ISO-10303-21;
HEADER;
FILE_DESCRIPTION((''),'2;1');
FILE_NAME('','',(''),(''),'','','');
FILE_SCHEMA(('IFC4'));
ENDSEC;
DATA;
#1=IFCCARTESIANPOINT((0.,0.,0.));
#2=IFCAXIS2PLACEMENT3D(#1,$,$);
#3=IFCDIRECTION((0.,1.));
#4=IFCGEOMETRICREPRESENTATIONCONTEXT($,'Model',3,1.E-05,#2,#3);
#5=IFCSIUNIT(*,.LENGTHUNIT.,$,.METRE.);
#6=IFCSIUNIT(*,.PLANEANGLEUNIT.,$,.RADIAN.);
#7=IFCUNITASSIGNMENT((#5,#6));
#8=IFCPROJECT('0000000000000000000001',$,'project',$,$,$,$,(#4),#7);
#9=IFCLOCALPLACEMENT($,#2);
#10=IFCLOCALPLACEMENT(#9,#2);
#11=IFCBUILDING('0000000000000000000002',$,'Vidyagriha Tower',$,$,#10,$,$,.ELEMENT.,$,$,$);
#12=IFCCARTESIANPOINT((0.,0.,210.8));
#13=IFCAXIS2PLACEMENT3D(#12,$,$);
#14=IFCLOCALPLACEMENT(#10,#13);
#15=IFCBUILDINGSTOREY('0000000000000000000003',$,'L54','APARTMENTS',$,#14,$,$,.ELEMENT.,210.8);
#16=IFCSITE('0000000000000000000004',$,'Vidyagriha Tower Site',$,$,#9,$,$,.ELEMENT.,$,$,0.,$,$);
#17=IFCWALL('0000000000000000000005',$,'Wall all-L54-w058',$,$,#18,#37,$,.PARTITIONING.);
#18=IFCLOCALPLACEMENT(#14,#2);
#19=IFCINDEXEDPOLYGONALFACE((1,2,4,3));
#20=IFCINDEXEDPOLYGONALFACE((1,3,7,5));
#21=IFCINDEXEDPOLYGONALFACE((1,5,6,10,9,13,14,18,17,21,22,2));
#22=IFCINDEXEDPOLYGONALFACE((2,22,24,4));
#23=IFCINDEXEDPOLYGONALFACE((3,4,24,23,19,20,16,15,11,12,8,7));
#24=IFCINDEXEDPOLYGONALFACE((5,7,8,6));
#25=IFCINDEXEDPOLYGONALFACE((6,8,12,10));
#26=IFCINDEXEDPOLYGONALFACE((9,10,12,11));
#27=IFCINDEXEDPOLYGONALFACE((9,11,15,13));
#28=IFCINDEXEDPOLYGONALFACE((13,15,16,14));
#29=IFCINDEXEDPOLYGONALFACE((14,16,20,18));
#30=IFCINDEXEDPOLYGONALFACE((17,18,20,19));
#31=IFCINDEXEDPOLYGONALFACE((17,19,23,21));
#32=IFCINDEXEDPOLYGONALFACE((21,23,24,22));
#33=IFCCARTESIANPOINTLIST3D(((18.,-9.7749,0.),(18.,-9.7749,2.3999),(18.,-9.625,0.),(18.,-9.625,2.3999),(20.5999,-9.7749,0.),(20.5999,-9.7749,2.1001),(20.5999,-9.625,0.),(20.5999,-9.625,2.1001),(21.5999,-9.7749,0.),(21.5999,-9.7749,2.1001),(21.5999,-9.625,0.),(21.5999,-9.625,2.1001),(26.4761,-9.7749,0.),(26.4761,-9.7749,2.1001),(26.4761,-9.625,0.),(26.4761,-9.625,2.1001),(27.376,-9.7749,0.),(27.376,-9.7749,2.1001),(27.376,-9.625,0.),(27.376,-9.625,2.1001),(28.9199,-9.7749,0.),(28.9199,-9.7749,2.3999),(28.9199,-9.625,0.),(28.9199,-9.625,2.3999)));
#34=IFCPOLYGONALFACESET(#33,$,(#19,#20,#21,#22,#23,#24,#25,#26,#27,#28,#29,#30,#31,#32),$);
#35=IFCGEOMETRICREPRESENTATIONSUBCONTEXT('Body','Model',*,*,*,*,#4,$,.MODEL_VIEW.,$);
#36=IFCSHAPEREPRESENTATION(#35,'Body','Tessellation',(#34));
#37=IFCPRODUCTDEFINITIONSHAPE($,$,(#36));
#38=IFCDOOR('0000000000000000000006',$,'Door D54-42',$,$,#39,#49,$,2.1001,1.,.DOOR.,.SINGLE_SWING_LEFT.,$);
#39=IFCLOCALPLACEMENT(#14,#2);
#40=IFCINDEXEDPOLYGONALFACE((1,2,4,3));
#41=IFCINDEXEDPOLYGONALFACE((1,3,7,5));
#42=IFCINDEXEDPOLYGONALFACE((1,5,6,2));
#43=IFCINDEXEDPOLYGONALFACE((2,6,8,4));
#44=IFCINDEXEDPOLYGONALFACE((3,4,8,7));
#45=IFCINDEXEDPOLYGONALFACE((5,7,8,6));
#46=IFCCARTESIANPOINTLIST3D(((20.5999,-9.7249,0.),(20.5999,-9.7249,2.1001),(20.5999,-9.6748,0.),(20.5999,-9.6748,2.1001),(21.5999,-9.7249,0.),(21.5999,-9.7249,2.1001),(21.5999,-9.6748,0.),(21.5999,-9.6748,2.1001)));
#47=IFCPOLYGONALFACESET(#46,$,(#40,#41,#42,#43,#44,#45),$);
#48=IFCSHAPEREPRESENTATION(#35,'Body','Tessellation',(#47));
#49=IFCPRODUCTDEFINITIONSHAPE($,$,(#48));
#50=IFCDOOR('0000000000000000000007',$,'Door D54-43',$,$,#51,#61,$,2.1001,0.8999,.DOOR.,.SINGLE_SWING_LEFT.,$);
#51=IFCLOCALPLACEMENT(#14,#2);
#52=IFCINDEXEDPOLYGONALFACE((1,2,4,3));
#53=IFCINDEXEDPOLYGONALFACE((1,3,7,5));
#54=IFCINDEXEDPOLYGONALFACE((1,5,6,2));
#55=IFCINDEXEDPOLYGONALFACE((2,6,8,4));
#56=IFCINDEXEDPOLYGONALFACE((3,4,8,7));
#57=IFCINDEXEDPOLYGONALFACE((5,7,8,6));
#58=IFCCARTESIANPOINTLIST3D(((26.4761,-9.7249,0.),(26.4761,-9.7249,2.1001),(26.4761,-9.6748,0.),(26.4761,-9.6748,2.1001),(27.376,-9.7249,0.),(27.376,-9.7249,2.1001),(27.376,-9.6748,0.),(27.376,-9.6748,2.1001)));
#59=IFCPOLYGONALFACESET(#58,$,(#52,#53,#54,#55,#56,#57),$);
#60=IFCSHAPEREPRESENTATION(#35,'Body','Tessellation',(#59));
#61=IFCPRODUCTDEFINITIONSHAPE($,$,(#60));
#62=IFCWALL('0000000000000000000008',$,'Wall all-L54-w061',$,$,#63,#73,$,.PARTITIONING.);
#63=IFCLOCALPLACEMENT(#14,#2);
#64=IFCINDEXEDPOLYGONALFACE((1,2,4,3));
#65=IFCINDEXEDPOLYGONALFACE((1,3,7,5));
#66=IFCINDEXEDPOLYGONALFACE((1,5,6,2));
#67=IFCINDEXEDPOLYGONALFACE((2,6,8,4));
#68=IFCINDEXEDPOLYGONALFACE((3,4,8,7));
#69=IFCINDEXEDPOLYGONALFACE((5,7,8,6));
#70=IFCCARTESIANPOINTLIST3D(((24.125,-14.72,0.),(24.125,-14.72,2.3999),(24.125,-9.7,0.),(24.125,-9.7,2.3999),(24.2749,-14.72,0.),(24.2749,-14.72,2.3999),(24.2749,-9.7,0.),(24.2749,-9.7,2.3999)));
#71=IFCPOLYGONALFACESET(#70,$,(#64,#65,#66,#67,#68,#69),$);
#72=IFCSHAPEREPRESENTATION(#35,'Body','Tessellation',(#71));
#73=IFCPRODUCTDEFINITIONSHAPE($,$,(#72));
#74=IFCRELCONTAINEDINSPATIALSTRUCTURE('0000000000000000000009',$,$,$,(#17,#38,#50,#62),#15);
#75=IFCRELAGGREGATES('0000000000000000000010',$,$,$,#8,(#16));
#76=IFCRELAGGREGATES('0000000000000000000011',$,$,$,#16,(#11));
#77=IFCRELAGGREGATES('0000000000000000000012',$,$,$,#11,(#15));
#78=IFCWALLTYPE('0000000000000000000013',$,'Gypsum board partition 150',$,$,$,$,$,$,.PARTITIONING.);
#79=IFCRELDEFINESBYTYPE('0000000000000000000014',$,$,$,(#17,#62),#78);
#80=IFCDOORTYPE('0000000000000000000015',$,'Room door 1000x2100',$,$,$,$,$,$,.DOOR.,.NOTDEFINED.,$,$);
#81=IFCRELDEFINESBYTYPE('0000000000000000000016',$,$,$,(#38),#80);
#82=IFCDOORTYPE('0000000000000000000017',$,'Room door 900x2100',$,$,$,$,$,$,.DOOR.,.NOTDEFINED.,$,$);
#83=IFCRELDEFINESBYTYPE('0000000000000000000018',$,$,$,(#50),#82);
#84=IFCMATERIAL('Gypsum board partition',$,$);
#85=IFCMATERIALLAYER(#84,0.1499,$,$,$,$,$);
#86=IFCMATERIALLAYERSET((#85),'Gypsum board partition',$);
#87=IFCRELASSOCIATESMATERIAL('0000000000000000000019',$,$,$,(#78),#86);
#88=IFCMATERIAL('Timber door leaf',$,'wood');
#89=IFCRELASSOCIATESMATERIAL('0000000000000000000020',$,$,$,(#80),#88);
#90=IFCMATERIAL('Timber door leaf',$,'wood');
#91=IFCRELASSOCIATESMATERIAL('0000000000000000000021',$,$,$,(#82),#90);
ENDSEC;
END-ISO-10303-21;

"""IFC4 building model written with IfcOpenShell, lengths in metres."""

from ifc_helpers import new_model, si_unit, direction, frame, frame_2d, origin, place, context, subcontext, project, spatial, rectangle, extrude, material, layer, layer_set, type_object, element, fill, save


model = new_model("IFC4")

# Units and contexts
model_context = context("Model", 3, precision=1e-05, world=origin(), true_north=direction((0.0, 1.0)))
body_context = subcontext(model_context, "Body", "Model", "MODEL_VIEW")
ifc_project = project(units=[si_unit("LENGTHUNIT", "METRE"), si_unit("PLANEANGLEUNIT", "RADIAN")], contexts=[model_context])

# Site, building, storey
site_placement = place(None, origin())
site = spatial("IfcSite", under=ifc_project, at=site_placement, Name="Vidyagriha Tower Site", CompositionType="ELEMENT", RefElevation=0.0)
building_placement = place(site_placement, origin())
building = spatial("IfcBuilding", under=site, at=building_placement, Name="Vidyagriha Tower", CompositionType="ELEMENT")
storey_placement = place(building_placement, frame((0.0, 0.0, 210.8)))
storey = spatial("IfcBuildingStorey", under=building, at=storey_placement, Name="L54", Description="APARTMENTS", CompositionType="ELEMENT", Elevation=210.8)

# Wall, openings, doors
ifc_material_1 = material(Name="Gypsum board partition")
ifc_layer_1 = layer(ifc_material_1, 0.1499)
ifc_layer_set_1 = layer_set([ifc_layer_1], Name="Gypsum board partition")
wall_type_1 = type_object("IfcWallType", Name="Gypsum board partition 150", PredefinedType="PARTITIONING", material=ifc_layer_set_1)
wall_1_placement = place(storey_placement, frame((28.9199, -9.7, 0.0), z_axis=(0.0, 0.0, 1.0), x_axis=(-1.0, 0.0, 0.0)))
wall_1 = element("IfcWall", 1, at=wall_1_placement, inside=storey, type_object=wall_type_1, Name="Wall all-L54-w058", PredefinedType="PARTITIONING", context=body_context, shape_type="SweptSolid", body=[
    extrude(rectangle(XDim=10.9199, YDim=0.1499, at=frame_2d((5.46, 0.0))), origin(), (0.0, 0.0, 1.0), 2.3999),
])
opening_1_placement = place(wall_1_placement, frame((7.3201, 0.0, 0.0)))
opening_1 = element("IfcOpeningElement", 2, at=opening_1_placement, cuts=wall_1, PredefinedType="OPENING", context=body_context, shape_type="SweptSolid", body=[
    extrude(rectangle(XDim=1.0, YDim=2.1001, at=frame_2d((0.5, 1.05))), frame((0.0, 0.085, 0.0), z_axis=(0.0, -1.0, 0.0), x_axis=(1.0, 0.0, 0.0)), (0.0, 0.0, 1.0), 0.1699),
])
opening_2_placement = place(wall_1_placement, frame((1.5439, 0.0, 0.0)))
opening_2 = element("IfcOpeningElement", 3, at=opening_2_placement, cuts=wall_1, PredefinedType="OPENING", context=body_context, shape_type="SweptSolid", body=[
    extrude(rectangle(XDim=0.8999, YDim=2.1001, at=frame_2d((0.45, 1.05))), frame((0.0, 0.085, 0.0), z_axis=(0.0, -1.0, 0.0), x_axis=(1.0, 0.0, 0.0)), (0.0, 0.0, 1.0), 0.1699),
])
ifc_material_2 = material(Name="Timber door leaf", Category="wood")
door_type_1 = type_object("IfcDoorType", Name="Room door 1000x2100", OperationType="NOTDEFINED", PredefinedType="DOOR", material=ifc_material_2)
door_1_placement = place(opening_1_placement, origin())
door_1 = element("IfcDoor", 4, at=door_1_placement, inside=storey, type_object=door_type_1, Name="Door D54-42", OperationType="SINGLE_SWING_LEFT", OverallHeight=2.1001, OverallWidth=1.0, PredefinedType="DOOR", context=body_context, shape_type="SweptSolid", body=[
    extrude(rectangle(XDim=1.0, YDim=2.1001, at=frame_2d((0.5, 1.05))), frame((0.0, 0.0249, 0.0), z_axis=(0.0, -1.0, 0.0), x_axis=(1.0, 0.0, 0.0)), (0.0, 0.0, 1.0), 0.05),
])
fill(opening_1, door_1)
ifc_material_3 = material(Name="Timber door leaf", Category="wood")
door_type_2 = type_object("IfcDoorType", Name="Room door 900x2100", OperationType="NOTDEFINED", PredefinedType="DOOR", material=ifc_material_3)
door_2_placement = place(opening_2_placement, origin())
door_2 = element("IfcDoor", 5, at=door_2_placement, inside=storey, type_object=door_type_2, Name="Door D54-43", OperationType="SINGLE_SWING_LEFT", OverallHeight=2.1001, OverallWidth=0.8999, PredefinedType="DOOR", context=body_context, shape_type="SweptSolid", body=[
    extrude(rectangle(XDim=0.8999, YDim=2.1001, at=frame_2d((0.45, 1.05))), frame((0.0, 0.0249, 0.0), z_axis=(0.0, -1.0, 0.0), x_axis=(1.0, 0.0, 0.0)), (0.0, 0.0, 1.0), 0.05),
])
fill(opening_2, door_2)

# Wall
wall_2_placement = place(storey_placement, frame((24.2, -9.7, 0.0), z_axis=(0.0, 0.0, 1.0), x_axis=(0.0, -1.0, 0.0)))
element("IfcWall", 6, at=wall_2_placement, inside=storey, type_object=wall_type_1, Name="Wall all-L54-w061", PredefinedType="PARTITIONING", context=body_context, shape_type="SweptSolid", body=[
    extrude(rectangle(XDim=5.02, YDim=0.1499, at=frame_2d((2.51, 0.0))), origin(), (0.0, 0.0, 1.0), 2.3999),
])

save(model, "model.ifc")
